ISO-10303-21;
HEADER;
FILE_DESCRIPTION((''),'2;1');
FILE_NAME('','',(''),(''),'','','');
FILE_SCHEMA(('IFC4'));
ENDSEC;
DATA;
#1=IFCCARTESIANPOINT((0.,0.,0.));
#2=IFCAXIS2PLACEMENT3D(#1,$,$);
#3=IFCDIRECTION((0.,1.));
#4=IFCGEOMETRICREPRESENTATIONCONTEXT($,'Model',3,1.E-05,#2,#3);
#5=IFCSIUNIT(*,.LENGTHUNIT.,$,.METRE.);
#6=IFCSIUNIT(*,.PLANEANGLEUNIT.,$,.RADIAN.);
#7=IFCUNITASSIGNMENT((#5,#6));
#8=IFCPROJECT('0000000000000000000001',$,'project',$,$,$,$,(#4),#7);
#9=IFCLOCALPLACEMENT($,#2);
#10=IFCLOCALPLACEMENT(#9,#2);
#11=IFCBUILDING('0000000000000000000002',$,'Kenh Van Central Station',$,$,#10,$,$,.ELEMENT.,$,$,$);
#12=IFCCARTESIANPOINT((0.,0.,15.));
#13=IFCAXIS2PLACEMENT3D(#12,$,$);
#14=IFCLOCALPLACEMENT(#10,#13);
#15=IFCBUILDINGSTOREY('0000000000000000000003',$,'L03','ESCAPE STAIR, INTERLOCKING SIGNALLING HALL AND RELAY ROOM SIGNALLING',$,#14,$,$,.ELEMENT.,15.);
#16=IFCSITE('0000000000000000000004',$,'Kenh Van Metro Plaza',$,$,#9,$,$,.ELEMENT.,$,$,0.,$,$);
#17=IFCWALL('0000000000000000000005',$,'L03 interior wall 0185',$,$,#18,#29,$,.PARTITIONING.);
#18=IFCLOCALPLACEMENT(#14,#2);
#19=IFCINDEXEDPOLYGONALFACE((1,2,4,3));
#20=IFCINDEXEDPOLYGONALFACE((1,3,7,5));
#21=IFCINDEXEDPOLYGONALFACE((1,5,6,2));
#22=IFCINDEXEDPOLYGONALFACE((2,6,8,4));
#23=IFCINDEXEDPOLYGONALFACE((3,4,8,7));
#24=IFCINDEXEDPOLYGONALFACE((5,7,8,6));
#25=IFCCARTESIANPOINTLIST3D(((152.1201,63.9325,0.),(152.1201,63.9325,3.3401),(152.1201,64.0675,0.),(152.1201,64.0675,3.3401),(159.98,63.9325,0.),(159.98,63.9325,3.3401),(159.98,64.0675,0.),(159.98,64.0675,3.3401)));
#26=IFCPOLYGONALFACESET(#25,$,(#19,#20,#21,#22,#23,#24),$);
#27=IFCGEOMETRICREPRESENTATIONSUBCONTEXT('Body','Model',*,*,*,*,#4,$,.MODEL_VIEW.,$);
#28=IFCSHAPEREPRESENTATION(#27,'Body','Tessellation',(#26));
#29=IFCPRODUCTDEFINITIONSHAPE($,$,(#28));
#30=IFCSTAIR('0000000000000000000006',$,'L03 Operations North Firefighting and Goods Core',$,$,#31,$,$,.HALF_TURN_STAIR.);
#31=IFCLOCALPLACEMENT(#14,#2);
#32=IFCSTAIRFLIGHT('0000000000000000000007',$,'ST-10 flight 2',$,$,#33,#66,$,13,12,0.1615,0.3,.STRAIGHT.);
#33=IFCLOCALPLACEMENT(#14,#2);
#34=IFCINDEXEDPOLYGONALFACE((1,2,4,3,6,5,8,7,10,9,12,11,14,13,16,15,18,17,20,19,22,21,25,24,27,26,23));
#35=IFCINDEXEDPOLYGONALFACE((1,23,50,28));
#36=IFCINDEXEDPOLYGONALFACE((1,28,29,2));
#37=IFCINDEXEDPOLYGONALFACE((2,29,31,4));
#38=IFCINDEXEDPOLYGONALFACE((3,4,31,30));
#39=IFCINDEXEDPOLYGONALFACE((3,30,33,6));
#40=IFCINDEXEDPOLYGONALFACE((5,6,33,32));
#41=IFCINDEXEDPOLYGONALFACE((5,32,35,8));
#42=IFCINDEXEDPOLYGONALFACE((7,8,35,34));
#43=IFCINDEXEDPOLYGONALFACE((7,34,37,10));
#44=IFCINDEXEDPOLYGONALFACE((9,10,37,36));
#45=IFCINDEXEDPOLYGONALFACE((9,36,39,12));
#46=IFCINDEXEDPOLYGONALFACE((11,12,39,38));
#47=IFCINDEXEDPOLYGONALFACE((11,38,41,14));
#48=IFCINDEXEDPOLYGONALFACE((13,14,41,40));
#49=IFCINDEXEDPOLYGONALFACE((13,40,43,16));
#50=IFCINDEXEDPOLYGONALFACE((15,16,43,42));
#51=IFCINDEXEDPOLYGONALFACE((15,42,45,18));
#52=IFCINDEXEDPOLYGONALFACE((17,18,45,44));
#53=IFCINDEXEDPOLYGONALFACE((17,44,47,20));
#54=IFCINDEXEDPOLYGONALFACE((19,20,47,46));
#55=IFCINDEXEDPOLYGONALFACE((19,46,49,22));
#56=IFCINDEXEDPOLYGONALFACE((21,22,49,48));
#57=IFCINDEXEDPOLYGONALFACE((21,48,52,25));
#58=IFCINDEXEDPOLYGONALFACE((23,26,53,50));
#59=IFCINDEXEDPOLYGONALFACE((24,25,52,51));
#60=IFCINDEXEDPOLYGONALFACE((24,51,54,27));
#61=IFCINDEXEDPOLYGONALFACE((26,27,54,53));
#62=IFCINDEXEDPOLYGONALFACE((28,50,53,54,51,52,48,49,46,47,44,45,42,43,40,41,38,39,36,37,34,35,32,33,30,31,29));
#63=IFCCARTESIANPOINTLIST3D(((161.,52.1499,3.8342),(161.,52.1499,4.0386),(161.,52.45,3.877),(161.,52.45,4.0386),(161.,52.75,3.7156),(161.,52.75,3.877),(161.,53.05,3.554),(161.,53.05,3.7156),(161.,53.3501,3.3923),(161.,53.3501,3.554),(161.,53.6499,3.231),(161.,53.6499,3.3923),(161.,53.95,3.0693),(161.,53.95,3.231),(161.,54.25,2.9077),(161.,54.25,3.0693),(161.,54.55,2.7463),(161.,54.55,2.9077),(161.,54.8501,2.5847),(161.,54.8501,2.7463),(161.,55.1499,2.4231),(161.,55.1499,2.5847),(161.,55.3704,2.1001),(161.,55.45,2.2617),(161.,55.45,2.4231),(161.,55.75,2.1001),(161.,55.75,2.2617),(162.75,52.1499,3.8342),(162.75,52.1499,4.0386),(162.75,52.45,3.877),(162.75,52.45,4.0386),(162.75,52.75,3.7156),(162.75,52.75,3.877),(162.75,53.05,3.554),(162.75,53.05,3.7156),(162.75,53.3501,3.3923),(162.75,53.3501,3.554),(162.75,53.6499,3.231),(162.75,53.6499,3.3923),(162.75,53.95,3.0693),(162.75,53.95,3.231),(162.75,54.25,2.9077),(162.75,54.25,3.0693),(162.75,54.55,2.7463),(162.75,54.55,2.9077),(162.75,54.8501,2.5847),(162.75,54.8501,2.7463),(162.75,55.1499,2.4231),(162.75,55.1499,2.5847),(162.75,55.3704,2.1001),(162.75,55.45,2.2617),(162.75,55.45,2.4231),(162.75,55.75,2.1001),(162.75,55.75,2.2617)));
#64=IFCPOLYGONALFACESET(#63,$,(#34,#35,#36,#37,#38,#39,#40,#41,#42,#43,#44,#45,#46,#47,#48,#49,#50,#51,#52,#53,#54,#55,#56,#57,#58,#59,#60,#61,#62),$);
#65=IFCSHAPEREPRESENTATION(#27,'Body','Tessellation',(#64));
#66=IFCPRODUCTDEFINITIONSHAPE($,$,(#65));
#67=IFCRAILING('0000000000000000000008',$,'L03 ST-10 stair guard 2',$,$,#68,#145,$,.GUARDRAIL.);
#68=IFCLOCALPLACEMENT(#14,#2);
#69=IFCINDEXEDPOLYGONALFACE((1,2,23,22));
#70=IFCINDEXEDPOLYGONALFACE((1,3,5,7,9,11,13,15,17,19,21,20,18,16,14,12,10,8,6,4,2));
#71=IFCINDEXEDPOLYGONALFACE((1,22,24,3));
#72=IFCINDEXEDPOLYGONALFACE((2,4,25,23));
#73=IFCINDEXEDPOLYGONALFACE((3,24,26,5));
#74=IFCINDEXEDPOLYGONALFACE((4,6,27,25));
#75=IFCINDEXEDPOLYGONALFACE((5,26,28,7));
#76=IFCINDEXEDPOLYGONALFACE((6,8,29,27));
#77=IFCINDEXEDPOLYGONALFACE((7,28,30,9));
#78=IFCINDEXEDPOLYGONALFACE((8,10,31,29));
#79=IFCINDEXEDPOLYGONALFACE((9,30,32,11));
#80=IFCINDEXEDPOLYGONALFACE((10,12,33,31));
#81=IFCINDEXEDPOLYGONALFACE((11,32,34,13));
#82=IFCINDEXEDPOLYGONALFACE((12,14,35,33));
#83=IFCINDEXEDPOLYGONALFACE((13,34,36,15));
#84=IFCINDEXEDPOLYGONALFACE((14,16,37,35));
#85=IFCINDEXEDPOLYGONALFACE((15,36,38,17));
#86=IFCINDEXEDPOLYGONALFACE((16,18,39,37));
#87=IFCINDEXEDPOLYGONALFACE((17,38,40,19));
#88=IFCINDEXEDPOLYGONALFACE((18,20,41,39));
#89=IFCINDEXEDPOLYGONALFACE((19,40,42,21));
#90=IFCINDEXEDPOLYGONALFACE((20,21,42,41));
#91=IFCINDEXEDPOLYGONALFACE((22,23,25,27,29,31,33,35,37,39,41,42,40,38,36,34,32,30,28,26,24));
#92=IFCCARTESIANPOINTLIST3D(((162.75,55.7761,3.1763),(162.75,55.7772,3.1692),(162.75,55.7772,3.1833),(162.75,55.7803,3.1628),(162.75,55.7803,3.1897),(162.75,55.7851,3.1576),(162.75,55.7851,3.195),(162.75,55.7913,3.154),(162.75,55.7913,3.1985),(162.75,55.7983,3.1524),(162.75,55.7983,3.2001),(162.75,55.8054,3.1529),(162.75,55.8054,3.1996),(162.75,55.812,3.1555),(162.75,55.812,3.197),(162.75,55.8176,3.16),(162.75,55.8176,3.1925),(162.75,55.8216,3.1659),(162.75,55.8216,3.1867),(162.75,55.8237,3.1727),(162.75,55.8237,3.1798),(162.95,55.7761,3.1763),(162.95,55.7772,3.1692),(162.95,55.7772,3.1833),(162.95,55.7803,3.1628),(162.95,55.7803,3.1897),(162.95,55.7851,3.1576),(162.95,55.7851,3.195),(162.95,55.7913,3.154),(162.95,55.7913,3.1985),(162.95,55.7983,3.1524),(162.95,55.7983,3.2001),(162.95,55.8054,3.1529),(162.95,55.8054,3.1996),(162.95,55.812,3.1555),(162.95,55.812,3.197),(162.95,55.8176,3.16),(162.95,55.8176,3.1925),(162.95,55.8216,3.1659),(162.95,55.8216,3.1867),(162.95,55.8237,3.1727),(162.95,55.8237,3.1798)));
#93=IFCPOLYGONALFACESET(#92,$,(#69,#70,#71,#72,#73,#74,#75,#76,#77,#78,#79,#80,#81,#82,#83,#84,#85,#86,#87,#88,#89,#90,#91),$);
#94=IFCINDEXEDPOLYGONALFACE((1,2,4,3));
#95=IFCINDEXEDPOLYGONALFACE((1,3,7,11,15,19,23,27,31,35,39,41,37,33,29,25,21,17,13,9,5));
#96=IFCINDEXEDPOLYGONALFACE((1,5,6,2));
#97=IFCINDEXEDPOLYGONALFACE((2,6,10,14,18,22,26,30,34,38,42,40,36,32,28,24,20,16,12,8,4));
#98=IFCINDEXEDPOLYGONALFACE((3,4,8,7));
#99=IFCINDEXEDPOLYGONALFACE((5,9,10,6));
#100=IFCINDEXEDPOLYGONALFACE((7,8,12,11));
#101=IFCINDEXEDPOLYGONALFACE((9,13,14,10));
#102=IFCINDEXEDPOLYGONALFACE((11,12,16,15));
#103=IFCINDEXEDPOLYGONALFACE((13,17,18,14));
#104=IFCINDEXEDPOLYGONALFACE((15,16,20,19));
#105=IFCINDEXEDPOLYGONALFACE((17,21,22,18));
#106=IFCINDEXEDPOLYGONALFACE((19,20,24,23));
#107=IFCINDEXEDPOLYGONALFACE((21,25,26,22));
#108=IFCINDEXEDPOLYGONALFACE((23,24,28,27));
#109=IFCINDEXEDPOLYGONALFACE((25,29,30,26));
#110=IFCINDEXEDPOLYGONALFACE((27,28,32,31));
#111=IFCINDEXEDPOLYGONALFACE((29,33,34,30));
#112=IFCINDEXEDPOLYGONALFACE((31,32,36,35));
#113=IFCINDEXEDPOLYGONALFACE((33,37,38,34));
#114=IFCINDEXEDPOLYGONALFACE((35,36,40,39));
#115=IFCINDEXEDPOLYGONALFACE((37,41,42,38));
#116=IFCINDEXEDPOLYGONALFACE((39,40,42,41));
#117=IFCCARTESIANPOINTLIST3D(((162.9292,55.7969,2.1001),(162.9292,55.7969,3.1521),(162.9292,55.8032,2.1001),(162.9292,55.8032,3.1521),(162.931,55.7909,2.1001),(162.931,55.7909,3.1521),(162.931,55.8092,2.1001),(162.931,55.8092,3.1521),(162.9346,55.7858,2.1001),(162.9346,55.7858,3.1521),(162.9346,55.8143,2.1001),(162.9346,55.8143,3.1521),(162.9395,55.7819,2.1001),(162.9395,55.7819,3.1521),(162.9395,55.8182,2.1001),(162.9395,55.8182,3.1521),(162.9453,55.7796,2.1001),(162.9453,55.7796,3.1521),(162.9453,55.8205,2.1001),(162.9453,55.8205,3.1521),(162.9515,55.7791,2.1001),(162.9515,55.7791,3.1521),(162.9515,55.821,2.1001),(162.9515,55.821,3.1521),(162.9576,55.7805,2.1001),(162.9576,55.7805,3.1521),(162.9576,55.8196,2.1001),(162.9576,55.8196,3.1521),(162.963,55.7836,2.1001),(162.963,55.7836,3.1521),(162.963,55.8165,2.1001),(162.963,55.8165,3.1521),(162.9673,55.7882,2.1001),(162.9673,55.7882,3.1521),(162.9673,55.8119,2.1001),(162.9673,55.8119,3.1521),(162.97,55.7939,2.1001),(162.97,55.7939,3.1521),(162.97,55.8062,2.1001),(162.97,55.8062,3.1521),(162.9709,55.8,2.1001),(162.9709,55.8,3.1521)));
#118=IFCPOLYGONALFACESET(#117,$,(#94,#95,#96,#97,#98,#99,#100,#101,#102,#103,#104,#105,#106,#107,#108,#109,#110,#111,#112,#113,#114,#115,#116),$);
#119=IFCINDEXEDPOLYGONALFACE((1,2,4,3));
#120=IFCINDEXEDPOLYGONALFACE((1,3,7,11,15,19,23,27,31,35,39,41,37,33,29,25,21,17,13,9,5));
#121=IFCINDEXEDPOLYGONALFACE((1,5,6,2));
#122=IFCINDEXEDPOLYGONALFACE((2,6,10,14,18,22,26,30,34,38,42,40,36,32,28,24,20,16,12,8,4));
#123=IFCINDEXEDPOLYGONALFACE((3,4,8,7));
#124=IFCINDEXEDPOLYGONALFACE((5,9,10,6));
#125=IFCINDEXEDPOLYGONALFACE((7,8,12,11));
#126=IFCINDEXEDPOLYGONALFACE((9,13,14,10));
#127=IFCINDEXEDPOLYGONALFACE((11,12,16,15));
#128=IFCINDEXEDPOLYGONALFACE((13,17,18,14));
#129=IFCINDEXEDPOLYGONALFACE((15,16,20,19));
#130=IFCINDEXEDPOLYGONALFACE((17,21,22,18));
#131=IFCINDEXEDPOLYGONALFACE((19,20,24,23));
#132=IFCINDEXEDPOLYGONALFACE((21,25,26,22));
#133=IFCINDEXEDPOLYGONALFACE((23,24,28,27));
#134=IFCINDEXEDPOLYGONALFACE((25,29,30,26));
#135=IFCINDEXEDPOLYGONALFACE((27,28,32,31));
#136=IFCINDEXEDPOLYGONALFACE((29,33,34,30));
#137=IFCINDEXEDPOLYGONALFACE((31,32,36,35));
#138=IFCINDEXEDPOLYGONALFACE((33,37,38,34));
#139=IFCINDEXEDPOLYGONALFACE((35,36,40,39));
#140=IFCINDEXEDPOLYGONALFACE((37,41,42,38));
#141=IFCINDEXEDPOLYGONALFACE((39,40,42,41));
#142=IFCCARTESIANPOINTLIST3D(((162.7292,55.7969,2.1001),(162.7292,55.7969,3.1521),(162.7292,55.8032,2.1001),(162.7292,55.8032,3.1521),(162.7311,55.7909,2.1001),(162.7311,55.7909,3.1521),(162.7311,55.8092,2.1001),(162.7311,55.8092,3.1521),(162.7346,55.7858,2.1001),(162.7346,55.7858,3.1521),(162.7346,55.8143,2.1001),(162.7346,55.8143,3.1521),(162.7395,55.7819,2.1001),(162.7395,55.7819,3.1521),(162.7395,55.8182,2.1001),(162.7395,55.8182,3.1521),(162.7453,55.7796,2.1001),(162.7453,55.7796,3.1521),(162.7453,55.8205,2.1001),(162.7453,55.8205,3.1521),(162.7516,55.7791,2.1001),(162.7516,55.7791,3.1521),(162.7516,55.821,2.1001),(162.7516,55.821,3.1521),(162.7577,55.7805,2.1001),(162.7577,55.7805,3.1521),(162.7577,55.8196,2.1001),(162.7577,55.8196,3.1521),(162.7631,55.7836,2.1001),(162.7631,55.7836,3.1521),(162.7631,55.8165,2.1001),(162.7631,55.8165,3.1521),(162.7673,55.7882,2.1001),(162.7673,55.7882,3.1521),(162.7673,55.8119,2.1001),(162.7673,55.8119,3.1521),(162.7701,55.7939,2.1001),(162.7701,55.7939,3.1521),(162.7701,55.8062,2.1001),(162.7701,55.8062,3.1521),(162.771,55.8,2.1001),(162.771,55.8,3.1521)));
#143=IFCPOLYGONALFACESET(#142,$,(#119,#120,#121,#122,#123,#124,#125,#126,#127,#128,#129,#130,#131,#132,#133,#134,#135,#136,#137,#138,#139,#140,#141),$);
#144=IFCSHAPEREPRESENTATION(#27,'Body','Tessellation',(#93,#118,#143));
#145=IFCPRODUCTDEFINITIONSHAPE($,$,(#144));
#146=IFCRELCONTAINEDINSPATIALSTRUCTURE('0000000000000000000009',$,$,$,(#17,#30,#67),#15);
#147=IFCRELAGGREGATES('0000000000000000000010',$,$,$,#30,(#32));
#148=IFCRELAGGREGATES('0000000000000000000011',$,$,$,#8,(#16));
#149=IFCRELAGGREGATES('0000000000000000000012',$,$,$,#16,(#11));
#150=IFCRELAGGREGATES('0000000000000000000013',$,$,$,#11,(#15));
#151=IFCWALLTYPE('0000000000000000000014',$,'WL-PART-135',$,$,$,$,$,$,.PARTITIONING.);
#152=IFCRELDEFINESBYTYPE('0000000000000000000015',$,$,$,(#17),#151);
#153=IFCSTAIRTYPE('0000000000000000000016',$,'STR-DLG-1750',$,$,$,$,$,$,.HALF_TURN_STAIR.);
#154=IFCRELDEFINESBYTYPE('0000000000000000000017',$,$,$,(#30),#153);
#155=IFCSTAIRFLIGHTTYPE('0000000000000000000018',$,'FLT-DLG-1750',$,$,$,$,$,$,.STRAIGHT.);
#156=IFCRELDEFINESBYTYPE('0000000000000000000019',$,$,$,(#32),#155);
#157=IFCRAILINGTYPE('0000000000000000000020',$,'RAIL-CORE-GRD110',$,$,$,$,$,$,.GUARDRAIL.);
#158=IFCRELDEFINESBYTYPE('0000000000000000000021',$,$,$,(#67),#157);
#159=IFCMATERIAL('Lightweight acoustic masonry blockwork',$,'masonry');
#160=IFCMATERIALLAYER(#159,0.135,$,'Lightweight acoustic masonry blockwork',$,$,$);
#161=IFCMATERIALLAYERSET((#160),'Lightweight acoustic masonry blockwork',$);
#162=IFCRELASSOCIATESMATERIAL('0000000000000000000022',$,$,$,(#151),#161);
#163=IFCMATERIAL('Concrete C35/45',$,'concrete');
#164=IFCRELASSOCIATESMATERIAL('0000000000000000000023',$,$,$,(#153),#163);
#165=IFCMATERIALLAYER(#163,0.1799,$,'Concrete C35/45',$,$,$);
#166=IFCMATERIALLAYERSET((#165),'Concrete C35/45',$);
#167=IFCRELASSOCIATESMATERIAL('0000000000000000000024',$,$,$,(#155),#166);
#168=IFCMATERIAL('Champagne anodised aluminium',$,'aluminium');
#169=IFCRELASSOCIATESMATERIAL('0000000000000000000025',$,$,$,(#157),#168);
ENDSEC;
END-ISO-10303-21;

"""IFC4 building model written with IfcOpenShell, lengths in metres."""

from ifc_helpers import new_model, si_unit, direction, frame, frame_2d, origin, origin_2d, place, context, subcontext, project, spatial, polyline, rectangle, circle, outline, extrude, material, layer, layer_set, type_object, element, aggregate, save


model = new_model("IFC4")

# Units and contexts
model_context = context("Model", 3, precision=1e-05, world=origin(), true_north=direction((0.0, 1.0)))
body_context = subcontext(model_context, "Body", "Model", "MODEL_VIEW")
ifc_project = project(units=[si_unit("LENGTHUNIT", "METRE"), si_unit("PLANEANGLEUNIT", "RADIAN")], contexts=[model_context])

# Site, building, storey
site_placement = place(None, origin())
site = spatial("IfcSite", under=ifc_project, at=site_placement, Name="Kenh Van Metro Plaza", CompositionType="ELEMENT", RefElevation=0.0)
building_placement = place(site_placement, origin())
building = spatial("IfcBuilding", under=site, at=building_placement, Name="Kenh Van Central Station", CompositionType="ELEMENT")
storey_placement = place(building_placement, frame((0.0, 0.0, 15.0)))
storey = spatial("IfcBuildingStorey", under=building, at=storey_placement, Name="L03", Description="ESCAPE STAIR, INTERLOCKING SIGNALLING HALL AND RELAY ROOM SIGNALLING", CompositionType="ELEMENT", Elevation=15.0)

# Shared definitions
ifc_material_1 = material(Name="Concrete C35/45", Category="concrete")

# Shared definitions
ifc_material_2 = material(Name="Lightweight acoustic masonry blockwork", Category="masonry")

# Wall
ifc_layer_1 = layer(ifc_material_2, 0.135, Name="Lightweight acoustic masonry blockwork")
ifc_layer_set_1 = layer_set([ifc_layer_1], Name="Lightweight acoustic masonry blockwork")
wall_type_1 = type_object("IfcWallType", Name="WL-PART-135", PredefinedType="PARTITIONING", material=ifc_layer_set_1)
wall_1_placement = place(storey_placement, frame((152.1201, 64.0, 0.0), z_axis=(0.0, 0.0, 1.0), x_axis=(1.0, 0.0, 0.0)))
element("IfcWall", 1, at=wall_1_placement, inside=storey, type_object=wall_type_1, Name="L03 interior wall 0185", PredefinedType="PARTITIONING", context=body_context, shape_type="SweptSolid", body=[
    extrude(rectangle(XDim=7.8599, YDim=0.135, at=frame_2d((3.9299, 0.0))), origin(), (0.0, 0.0, 1.0), 3.3401),
])

# Stair, stair flight
stair_type = type_object("IfcStairType", Name="STR-DLG-1750", PredefinedType="HALF_TURN_STAIR", material=ifc_material_1)
stair_placement = place(storey_placement, origin())
stair = element("IfcStair", 2, at=stair_placement, inside=storey, type_object=stair_type, Name="L03 Operations North Firefighting and Goods Core", PredefinedType="HALF_TURN_STAIR")
ifc_layer_2 = layer(ifc_material_1, 0.1799, Name="Concrete C35/45")
ifc_layer_set_2 = layer_set([ifc_layer_2], Name="Concrete C35/45")
stair_flight_type = type_object("IfcStairFlightType", Name="FLT-DLG-1750", PredefinedType="STRAIGHT", material=ifc_layer_set_2)
stair_flight_placement = place(storey_placement, frame((161.875, 55.75, 2.1001), z_axis=(0.0, 0.0, 1.0), x_axis=(0.0, -1.0, 0.0)))
stair_flight = element("IfcStairFlight", 3, at=stair_flight_placement, type_object=stair_flight_type, Name="ST-10 flight 2", NumberOfRisers=13, NumberOfTreads=12, PredefinedType="STRAIGHT", RiserHeight=0.1615, TreadLength=0.3, context=body_context, shape_type="SweptSolid", body=[
    extrude(outline(polyline([(0.0, 0.0), (0.0, 0.1616), (0.3, 0.1616), (0.3, 0.323), (0.6001, 0.323), (0.6001, 0.4846), (0.8999, 0.4846), (0.8999, 0.6462), (1.2, 0.6462), (1.2, 0.8076), (1.5, 0.8076), (1.5, 0.9692), (1.8, 0.9692), (1.8, 1.1309), (2.1001, 1.1309), (2.1001, 1.2922), (2.3999, 1.2922), (2.3999, 1.4539), (2.7, 1.4539), (2.7, 1.6155), (3.0, 1.6155), (3.0, 1.7769), (3.3, 1.7769), (3.3, 1.9385), (3.6001, 1.9385), (3.6001, 2.1001), (3.6001, 1.7341), (0.3796, 0.0), (0.0, 0.0)])), frame((0.0, 0.875, 0.0), z_axis=(0.0, -1.0, 0.0), x_axis=(1.0, 0.0, 0.0)), (0.0, 0.0, 1.0), 1.75),
])
aggregate(stair, [stair_flight])

# Railing
ifc_material_3 = material(Name="Champagne anodised aluminium", Category="aluminium")
railing_type_1 = type_object("IfcRailingType", Name="RAIL-CORE-GRD110", PredefinedType="GUARDRAIL", material=ifc_material_3)
railing_1_placement = place(storey_placement, frame((162.95, 55.8, 2.1001)))
element("IfcRailing", 4, at=railing_1_placement, inside=storey, type_object=railing_type_1, Name="L03 ST-10 stair guard 2", PredefinedType="GUARDRAIL", context=body_context, shape_type="SweptSolid", body=[
    extrude(circle(Radius=0.0239, at=origin_2d()), frame((0.0, 0.0, 1.0762), z_axis=(-1.0, 0.0, 0.0), x_axis=(0.0, -1.0, 0.0)), (0.0, 0.0, 1.0), 0.2),
    extrude(circle(Radius=0.021, at=origin_2d()), origin(), (0.0, 0.0, 1.0), 1.052),
    extrude(circle(Radius=0.021, at=origin_2d()), frame((-0.2, 0.0, 0.0)), (0.0, 0.0, 1.0), 1.052),
])

save(model, "model.ifc")
